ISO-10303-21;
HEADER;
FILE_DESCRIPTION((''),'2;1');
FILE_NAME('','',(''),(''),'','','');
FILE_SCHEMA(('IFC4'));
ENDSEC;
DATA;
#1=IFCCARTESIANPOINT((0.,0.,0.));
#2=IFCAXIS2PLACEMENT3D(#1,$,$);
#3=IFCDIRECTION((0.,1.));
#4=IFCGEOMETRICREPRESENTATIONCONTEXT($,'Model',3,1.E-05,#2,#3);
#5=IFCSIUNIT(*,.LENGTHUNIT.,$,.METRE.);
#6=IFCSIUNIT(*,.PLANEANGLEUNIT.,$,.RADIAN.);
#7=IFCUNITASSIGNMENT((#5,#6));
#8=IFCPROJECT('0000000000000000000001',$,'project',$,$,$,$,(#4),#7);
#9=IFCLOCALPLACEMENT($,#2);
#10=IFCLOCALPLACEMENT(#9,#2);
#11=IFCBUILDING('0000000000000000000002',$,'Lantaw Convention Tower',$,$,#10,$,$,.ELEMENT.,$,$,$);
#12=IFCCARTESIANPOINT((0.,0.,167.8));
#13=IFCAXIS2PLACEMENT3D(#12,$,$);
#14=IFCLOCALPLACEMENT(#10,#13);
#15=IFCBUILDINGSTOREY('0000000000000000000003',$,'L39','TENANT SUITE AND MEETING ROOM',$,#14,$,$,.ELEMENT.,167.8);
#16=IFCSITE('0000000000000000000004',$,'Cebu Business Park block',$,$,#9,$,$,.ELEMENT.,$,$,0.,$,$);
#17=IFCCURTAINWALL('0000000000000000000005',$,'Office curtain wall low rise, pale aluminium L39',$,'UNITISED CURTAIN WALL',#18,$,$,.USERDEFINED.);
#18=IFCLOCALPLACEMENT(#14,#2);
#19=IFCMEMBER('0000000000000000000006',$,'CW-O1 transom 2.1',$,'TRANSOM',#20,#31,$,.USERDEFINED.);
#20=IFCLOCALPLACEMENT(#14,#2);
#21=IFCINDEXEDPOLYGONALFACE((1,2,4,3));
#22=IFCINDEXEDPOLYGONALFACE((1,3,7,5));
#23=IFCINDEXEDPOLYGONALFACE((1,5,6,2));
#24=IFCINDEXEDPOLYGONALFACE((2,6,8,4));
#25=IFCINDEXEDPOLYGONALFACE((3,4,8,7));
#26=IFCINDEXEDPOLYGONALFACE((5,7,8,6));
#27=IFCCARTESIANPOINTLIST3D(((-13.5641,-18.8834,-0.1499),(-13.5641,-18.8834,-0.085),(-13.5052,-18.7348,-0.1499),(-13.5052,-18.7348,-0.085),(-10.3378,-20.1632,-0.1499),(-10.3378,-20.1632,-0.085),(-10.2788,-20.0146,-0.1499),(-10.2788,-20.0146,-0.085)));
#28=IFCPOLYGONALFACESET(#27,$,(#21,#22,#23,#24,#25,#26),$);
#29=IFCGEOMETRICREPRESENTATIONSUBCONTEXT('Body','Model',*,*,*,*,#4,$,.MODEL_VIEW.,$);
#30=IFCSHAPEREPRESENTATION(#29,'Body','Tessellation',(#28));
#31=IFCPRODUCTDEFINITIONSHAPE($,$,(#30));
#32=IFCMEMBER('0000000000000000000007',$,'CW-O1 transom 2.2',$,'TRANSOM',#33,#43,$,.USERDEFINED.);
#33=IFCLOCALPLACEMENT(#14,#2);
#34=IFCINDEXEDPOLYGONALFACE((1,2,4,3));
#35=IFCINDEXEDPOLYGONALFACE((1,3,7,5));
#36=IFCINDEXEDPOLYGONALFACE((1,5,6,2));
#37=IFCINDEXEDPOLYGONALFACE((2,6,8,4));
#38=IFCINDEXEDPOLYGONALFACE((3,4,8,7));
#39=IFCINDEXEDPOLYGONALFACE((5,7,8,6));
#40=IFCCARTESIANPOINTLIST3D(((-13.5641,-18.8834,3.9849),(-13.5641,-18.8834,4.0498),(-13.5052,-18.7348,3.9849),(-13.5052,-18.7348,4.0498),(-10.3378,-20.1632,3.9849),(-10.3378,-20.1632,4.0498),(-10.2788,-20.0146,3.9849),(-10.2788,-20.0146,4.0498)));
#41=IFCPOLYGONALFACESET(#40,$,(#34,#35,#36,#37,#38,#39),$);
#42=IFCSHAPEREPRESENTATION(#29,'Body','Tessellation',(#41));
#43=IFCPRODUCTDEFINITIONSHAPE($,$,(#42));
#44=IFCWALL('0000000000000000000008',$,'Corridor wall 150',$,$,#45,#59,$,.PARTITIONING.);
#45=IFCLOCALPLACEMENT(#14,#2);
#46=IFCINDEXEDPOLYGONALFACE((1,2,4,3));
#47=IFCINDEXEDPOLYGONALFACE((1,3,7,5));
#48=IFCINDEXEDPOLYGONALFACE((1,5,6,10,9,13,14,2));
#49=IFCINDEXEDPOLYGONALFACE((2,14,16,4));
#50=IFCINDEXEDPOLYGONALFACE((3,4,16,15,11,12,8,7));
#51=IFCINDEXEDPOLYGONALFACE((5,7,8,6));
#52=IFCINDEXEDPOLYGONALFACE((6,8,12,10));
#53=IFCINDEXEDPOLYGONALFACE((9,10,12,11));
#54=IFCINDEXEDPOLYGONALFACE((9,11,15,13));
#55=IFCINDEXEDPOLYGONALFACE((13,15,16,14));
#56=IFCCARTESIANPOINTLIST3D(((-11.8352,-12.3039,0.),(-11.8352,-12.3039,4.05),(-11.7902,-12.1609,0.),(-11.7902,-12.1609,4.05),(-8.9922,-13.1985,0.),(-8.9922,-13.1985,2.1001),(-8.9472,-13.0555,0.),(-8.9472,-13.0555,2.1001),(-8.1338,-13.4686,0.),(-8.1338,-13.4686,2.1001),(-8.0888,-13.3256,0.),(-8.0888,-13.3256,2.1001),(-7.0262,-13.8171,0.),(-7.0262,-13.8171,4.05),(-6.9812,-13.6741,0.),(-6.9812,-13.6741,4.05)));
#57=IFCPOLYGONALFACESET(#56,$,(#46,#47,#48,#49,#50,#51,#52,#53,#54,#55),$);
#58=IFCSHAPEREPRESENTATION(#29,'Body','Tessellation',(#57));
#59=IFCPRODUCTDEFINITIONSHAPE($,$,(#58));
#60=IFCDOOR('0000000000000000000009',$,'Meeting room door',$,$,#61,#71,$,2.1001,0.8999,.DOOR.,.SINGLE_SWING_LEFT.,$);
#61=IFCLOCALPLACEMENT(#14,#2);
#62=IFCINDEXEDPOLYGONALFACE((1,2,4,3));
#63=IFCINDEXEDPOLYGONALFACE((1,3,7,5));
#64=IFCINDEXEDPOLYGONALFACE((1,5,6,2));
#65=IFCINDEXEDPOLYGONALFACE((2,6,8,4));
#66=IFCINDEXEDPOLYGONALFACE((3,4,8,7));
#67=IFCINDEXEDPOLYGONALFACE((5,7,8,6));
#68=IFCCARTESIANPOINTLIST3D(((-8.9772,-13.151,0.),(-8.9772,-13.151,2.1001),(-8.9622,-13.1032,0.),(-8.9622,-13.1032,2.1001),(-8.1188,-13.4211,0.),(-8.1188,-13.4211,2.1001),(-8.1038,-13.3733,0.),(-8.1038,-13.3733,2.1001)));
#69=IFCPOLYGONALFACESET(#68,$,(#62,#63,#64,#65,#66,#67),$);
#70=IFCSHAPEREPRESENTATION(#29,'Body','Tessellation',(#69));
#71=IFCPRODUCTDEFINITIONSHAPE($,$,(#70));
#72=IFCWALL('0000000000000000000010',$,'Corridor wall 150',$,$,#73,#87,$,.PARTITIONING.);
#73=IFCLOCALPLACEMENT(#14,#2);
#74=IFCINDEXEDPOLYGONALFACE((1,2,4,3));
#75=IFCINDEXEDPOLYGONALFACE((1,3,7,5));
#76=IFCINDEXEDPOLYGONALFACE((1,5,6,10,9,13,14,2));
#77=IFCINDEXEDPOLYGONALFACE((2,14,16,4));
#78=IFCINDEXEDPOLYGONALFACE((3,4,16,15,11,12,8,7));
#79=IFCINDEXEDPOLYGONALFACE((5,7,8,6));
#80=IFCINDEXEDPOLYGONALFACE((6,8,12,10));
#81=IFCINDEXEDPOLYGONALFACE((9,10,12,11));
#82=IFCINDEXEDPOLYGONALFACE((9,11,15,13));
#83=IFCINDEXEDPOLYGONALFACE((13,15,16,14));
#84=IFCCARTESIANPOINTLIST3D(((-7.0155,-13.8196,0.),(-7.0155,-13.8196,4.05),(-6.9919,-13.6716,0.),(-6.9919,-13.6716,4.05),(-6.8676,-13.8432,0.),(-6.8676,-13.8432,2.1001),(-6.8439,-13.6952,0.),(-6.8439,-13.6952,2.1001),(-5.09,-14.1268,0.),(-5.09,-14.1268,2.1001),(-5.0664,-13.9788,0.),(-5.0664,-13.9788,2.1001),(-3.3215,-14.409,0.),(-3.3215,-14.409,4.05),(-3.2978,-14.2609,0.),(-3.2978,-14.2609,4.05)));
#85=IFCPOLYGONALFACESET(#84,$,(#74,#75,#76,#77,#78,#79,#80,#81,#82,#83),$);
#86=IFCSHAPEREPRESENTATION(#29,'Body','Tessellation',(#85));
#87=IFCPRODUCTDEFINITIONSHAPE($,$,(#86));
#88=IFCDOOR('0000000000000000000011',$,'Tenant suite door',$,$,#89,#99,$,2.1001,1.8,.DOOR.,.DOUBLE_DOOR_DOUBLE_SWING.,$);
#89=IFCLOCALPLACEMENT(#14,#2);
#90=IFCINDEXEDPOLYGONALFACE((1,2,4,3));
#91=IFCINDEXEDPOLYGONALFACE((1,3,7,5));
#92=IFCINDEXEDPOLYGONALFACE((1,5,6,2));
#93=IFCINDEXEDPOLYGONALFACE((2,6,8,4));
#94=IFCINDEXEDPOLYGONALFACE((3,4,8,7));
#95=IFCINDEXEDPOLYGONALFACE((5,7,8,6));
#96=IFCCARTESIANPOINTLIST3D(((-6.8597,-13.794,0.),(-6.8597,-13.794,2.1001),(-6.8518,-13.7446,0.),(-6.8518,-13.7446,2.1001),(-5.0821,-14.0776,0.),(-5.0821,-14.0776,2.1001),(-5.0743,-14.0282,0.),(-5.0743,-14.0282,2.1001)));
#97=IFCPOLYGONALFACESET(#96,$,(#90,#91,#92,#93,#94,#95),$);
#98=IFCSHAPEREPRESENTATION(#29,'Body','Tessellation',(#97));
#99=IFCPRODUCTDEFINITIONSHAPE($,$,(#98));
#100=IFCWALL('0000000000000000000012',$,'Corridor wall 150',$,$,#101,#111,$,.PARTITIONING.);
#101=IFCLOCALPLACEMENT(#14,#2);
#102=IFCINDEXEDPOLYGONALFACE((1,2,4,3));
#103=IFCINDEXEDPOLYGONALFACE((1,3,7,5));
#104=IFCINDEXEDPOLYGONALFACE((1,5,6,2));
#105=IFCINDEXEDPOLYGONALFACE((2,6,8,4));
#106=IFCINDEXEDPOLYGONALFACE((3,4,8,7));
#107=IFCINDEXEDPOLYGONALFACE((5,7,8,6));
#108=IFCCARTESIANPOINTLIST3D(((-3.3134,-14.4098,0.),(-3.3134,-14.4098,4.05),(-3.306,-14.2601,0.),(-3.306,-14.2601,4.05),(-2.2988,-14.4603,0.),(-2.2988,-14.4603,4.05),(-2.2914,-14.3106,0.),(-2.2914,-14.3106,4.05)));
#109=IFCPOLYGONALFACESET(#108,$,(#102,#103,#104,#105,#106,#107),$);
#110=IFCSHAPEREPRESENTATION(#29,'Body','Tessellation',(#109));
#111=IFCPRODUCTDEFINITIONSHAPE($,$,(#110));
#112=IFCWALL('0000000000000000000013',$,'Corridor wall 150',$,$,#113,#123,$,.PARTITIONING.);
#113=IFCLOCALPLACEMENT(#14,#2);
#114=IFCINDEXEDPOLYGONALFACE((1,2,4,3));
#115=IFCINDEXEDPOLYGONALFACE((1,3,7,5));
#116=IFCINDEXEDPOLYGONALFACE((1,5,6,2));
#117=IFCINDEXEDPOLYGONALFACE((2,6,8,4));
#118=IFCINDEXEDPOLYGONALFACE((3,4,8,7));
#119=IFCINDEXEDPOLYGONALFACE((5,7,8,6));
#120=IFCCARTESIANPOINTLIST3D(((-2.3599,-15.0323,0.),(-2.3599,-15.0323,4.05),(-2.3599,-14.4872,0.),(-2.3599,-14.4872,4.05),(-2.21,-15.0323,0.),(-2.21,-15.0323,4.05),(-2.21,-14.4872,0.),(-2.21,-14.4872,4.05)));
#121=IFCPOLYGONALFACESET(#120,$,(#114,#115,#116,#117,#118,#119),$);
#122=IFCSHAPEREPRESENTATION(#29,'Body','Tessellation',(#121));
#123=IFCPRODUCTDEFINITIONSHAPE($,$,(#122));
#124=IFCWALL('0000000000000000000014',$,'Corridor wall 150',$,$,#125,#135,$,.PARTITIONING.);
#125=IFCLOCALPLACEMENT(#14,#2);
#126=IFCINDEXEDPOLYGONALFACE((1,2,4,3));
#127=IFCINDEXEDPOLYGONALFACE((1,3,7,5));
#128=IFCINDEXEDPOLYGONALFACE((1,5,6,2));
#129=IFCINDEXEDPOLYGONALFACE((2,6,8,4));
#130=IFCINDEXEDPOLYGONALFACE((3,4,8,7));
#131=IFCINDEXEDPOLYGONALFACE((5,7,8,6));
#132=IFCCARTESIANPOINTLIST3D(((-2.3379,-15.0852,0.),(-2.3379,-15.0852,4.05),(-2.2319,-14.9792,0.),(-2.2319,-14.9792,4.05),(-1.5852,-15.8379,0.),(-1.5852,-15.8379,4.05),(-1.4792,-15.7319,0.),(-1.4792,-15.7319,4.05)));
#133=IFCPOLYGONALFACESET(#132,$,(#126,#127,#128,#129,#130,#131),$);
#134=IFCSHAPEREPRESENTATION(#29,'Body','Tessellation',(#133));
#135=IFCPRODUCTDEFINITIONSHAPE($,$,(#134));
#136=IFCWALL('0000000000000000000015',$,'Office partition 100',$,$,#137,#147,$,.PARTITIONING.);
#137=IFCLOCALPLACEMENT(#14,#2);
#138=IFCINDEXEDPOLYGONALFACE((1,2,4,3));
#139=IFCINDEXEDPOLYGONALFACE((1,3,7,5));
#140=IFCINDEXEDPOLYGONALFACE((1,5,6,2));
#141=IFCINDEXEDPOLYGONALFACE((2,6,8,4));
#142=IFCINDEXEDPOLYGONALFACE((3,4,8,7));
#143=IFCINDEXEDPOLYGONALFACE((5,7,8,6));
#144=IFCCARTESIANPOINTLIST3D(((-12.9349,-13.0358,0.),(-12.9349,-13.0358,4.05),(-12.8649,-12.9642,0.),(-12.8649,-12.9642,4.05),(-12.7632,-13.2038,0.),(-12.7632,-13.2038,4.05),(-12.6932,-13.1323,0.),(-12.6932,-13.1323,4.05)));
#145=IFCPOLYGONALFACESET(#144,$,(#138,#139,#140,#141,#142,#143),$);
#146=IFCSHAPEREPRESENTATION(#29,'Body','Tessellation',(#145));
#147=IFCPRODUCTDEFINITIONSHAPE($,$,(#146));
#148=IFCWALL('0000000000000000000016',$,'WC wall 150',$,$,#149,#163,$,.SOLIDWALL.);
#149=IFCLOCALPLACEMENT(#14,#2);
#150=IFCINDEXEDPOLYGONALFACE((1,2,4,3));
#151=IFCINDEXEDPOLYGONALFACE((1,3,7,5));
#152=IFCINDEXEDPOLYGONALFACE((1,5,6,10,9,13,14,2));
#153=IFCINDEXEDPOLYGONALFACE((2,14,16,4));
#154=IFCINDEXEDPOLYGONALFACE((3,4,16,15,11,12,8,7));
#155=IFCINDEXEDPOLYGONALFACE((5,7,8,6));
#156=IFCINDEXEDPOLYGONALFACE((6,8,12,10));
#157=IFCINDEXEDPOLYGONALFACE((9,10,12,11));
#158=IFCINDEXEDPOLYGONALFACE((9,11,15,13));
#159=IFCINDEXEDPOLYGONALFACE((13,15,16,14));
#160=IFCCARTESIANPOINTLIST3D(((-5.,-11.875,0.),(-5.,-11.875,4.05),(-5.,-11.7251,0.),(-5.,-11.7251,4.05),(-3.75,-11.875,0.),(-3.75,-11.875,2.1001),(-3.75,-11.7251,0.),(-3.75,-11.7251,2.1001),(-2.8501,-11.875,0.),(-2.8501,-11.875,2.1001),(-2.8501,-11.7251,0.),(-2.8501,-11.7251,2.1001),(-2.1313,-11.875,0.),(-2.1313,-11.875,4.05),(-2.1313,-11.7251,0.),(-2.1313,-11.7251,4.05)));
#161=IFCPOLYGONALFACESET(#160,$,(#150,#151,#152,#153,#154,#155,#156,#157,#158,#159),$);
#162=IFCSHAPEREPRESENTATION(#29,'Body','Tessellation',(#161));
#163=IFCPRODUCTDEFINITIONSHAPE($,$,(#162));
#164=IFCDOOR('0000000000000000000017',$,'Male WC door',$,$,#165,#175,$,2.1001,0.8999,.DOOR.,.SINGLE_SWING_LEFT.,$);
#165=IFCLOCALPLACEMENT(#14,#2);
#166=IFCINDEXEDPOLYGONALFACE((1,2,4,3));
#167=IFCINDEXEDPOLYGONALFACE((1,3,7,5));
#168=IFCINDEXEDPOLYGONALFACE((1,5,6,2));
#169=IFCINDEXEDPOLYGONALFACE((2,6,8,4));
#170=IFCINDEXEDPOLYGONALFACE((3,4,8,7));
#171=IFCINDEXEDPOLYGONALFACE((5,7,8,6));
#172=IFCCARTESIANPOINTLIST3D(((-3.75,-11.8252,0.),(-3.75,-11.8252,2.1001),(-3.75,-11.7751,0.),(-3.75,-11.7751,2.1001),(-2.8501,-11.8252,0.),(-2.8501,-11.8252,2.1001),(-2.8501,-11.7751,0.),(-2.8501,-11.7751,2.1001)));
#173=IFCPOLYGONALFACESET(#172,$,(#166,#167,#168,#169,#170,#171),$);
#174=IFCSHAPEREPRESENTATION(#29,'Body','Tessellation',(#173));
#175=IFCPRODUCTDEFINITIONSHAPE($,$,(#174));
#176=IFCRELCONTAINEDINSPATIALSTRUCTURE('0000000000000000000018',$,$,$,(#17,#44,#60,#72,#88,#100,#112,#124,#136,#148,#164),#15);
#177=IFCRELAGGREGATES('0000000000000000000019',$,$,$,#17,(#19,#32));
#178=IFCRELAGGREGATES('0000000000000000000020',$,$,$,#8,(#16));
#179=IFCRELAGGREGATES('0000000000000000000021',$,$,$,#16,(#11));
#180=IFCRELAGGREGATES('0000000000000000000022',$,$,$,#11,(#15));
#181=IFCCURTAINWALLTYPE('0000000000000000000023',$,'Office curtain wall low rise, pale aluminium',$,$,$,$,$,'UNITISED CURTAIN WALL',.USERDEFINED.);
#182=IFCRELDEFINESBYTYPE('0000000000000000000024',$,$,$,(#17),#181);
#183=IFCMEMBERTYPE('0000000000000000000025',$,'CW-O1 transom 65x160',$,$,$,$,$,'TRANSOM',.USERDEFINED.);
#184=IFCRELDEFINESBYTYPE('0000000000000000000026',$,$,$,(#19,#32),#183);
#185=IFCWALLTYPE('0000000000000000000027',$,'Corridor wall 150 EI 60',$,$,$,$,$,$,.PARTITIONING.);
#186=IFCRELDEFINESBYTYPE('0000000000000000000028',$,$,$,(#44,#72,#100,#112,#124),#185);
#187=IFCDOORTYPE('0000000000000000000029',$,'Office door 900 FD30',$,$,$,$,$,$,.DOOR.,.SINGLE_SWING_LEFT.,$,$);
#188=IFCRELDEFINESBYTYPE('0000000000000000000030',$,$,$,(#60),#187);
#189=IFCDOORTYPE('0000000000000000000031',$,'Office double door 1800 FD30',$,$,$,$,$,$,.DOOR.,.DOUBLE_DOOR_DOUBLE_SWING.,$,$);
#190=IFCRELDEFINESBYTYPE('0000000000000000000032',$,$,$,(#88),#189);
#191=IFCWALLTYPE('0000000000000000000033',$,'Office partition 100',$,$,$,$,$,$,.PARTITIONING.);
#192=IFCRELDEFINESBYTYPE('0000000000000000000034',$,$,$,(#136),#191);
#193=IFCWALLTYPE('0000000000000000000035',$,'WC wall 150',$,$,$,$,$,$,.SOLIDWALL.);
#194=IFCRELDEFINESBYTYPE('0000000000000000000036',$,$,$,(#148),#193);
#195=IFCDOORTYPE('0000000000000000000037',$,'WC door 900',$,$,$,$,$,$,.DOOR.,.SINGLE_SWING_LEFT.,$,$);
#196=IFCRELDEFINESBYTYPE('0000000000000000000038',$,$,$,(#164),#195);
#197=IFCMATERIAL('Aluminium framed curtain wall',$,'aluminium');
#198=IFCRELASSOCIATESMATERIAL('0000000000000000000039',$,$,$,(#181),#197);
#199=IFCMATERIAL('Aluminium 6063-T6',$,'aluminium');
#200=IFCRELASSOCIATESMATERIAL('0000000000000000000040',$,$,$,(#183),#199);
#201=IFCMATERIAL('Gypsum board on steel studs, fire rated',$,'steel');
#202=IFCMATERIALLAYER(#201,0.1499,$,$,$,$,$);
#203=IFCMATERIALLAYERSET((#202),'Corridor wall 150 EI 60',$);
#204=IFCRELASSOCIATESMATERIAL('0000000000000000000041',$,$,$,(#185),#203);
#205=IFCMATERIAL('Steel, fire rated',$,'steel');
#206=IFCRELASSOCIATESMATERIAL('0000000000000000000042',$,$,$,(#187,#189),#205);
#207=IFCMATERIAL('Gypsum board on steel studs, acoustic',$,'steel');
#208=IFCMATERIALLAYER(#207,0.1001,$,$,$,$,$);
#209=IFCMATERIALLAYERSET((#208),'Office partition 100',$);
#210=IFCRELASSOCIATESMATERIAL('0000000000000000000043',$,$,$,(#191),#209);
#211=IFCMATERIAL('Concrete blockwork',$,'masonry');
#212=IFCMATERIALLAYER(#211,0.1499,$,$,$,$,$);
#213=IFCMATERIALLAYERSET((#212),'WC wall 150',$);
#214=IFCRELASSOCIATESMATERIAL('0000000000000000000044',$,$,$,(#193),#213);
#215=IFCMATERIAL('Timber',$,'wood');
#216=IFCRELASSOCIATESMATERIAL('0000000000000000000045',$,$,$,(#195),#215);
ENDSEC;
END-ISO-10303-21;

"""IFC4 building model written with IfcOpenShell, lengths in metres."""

from ifc_helpers import new_model, si_unit, direction, frame, frame_2d, origin, origin_2d, place, context, subcontext, project, spatial, rectangle, extrude, material, layer, layer_set, material_profile, profile_set, type_object, element, fill, aggregate, save


model = new_model("IFC4")

# Units and contexts
model_context = context("Model", 3, precision=1e-05, world=origin(), true_north=direction((0.0, 1.0)))
body_context = subcontext(model_context, "Body", "Model", "MODEL_VIEW")
ifc_project = project(units=[si_unit("LENGTHUNIT", "METRE"), si_unit("PLANEANGLEUNIT", "RADIAN")], contexts=[model_context])

# Site, building, storey
site_placement = place(None, origin())
site = spatial("IfcSite", under=ifc_project, at=site_placement, Name="Cebu Business Park block", CompositionType="ELEMENT", RefElevation=0.0)
building_placement = place(site_placement, origin())
building = spatial("IfcBuilding", under=site, at=building_placement, Name="Lantaw Convention Tower", CompositionType="ELEMENT")
storey_placement = place(building_placement, frame((0.0, 0.0, 167.8)))
storey = spatial("IfcBuildingStorey", under=building, at=storey_placement, Name="L39", Description="TENANT SUITE AND MEETING ROOM", CompositionType="ELEMENT", Elevation=167.8)

# Curtain wall, members
ifc_material_1 = material(Name="Aluminium framed curtain wall", Category="aluminium")
curtain_wall_type = type_object("IfcCurtainWallType", Name="Office curtain wall low rise, pale aluminium", ElementType="UNITISED CURTAIN WALL", PredefinedType="USERDEFINED", material=ifc_material_1)
curtain_wall_placement = place(storey_placement, origin())
curtain_wall = element("IfcCurtainWall", 1, at=curtain_wall_placement, inside=storey, type_object=curtain_wall_type, Name="Office curtain wall low rise, pale aluminium L39", ObjectType="UNITISED CURTAIN WALL", PredefinedType="USERDEFINED")
ifc_material_2 = material(Name="Aluminium 6063-T6", Category="aluminium")
ifc_material_profile_1 = material_profile(ifc_material_2, rectangle(XDim=0.1599, YDim=0.0649, at=origin_2d()), Name="CW-O1 transom 65x160")
ifc_profile_set_1 = profile_set([ifc_material_profile_1], Name="Aluminium 6063-T6")
member_type_1 = type_object("IfcMemberType", Name="CW-O1 transom 65x160", ElementType="TRANSOM", PredefinedType="USERDEFINED", material=ifc_profile_set_1)
member_1_placement = place(storey_placement, frame((-13.5347, -18.8091, -0.1174), z_axis=(0.92954, -0.368721, 0.0), x_axis=(0.368721, 0.92954, 0.0)))
member_1 = element("IfcMember", 2, at=member_1_placement, type_object=member_type_1, Name="CW-O1 transom 2.1", ObjectType="TRANSOM", PredefinedType="USERDEFINED", context=body_context, shape_type="SweptSolid", body=[
    extrude(rectangle(XDim=0.1599, YDim=0.0649, at=origin_2d()), origin(), (0.0, 0.0, 1.0), 3.4709),
])
member_2_placement = place(storey_placement, frame((-13.5347, -18.8091, 4.0173), z_axis=(0.92954, -0.368721, 0.0), x_axis=(0.368721, 0.92954, 0.0)))
member_2 = element("IfcMember", 3, at=member_2_placement, type_object=member_type_1, Name="CW-O1 transom 2.2", ObjectType="TRANSOM", PredefinedType="USERDEFINED", context=body_context, shape_type="SweptSolid", body=[
    extrude(rectangle(XDim=0.1599, YDim=0.0649, at=origin_2d()), origin(), (0.0, 0.0, 1.0), 3.4709),
])
aggregate(curtain_wall, [member_1, member_2])

# Walls, openings, doors
ifc_material_3 = material(Name="Gypsum board on steel studs, fire rated", Category="steel")
ifc_layer_1 = layer(ifc_material_3, 0.1499)
ifc_layer_set_1 = layer_set([ifc_layer_1], Name="Corridor wall 150 EI 60")
wall_type_1 = type_object("IfcWallType", Name="Corridor wall 150 EI 60", PredefinedType="PARTITIONING", material=ifc_layer_set_1)
wall_1_placement = place(storey_placement, frame((-11.8127, -12.2324, 0.0), z_axis=(0.0, 0.0, 1.0), x_axis=(0.953894, -0.300144, 0.0)))
wall_1 = element("IfcWall", 4, at=wall_1_placement, inside=storey, type_object=wall_type_1, Name="Corridor wall 150", PredefinedType="PARTITIONING", context=body_context, shape_type="SweptSolid", body=[
    extrude(rectangle(XDim=5.0415, YDim=0.1499, at=frame_2d((2.5208, 0.0))), origin(), (0.0, 0.0, 1.0), 4.05),
])
opening_1_placement = place(wall_1_placement, frame((2.9805, 0.0, 0.0)))
opening_1 = element("IfcOpeningElement", 5, at=opening_1_placement, cuts=wall_1, PredefinedType="OPENING", context=body_context, shape_type="SweptSolid", body=[
    extrude(rectangle(XDim=0.8999, YDim=2.1001, at=frame_2d((0.45, 1.05))), frame((0.0, 0.085, 0.0), z_axis=(0.0, -1.0, 0.0), x_axis=(1.0, 0.0, 0.0)), (0.0, 0.0, 1.0), 0.1699),
])
ifc_material_4 = material(Name="Steel, fire rated", Category="steel")
door_type_1 = type_object("IfcDoorType", Name="Office door 900 FD30", OperationType="SINGLE_SWING_LEFT", PredefinedType="DOOR", material=ifc_material_4)
door_1_placement = place(opening_1_placement, origin())
door_1 = element("IfcDoor", 6, at=door_1_placement, inside=storey, type_object=door_type_1, Name="Meeting room door", OperationType="SINGLE_SWING_LEFT", OverallHeight=2.1001, OverallWidth=0.8999, PredefinedType="DOOR", context=body_context, shape_type="SweptSolid", body=[
    extrude(rectangle(XDim=0.8999, YDim=2.1001, at=frame_2d((0.45, 1.05))), frame((0.0, 0.0249, 0.0), z_axis=(0.0, -1.0, 0.0), x_axis=(1.0, 0.0, 0.0)), (0.0, 0.0, 1.0), 0.05),
])
fill(opening_1, door_1)
wall_2_placement = place(storey_placement, frame((-7.0037, -13.7456, 0.0), z_axis=(0.0, 0.0, 1.0), x_axis=(0.987511, -0.157548, 0.0)))
wall_2 = element("IfcWall", 7, at=wall_2_placement, inside=storey, type_object=wall_type_1, Name="Corridor wall 150", PredefinedType="PARTITIONING", context=body_context, shape_type="SweptSolid", body=[
    extrude(rectangle(XDim=3.7407, YDim=0.1499, at=frame_2d((1.8704, 0.0))), origin(), (0.0, 0.0, 1.0), 4.05),
])
opening_2_placement = place(wall_2_placement, frame((0.1499, 0.0, 0.0)))
opening_2 = element("IfcOpeningElement", 8, at=opening_2_placement, cuts=wall_2, PredefinedType="OPENING", context=body_context, shape_type="SweptSolid", body=[
    extrude(rectangle(XDim=1.8, YDim=2.1001, at=frame_2d((0.8999, 1.05))), frame((0.0, 0.085, 0.0), z_axis=(0.0, -1.0, 0.0), x_axis=(1.0, 0.0, 0.0)), (0.0, 0.0, 1.0), 0.1699),
])
door_type_2 = type_object("IfcDoorType", Name="Office double door 1800 FD30", OperationType="DOUBLE_DOOR_DOUBLE_SWING", PredefinedType="DOOR", material=ifc_material_4)
door_2_placement = place(opening_2_placement, origin())
door_2 = element("IfcDoor", 9, at=door_2_placement, inside=storey, type_object=door_type_2, Name="Tenant suite door", OperationType="DOUBLE_DOOR_DOUBLE_SWING", OverallHeight=2.1001, OverallWidth=1.8, PredefinedType="DOOR", context=body_context, shape_type="SweptSolid", body=[
    extrude(rectangle(XDim=1.8, YDim=2.1001, at=frame_2d((0.8999, 1.05))), frame((0.0, 0.0249, 0.0), z_axis=(0.0, -1.0, 0.0), x_axis=(1.0, 0.0, 0.0)), (0.0, 0.0, 1.0), 0.05),
])
fill(opening_2, door_2)

# Walls
wall_3_placement = place(storey_placement, frame((-3.3096, -14.335, 0.0), z_axis=(0.0, 0.0, 1.0), x_axis=(0.998762, -0.049746, 0.0)))
element("IfcWall", 10, at=wall_3_placement, inside=storey, type_object=wall_type_1, Name="Corridor wall 150", PredefinedType="PARTITIONING", context=body_context, shape_type="SweptSolid", body=[
    extrude(rectangle(XDim=1.0159, YDim=0.1499, at=frame_2d((0.5078, 0.0))), origin(), (0.0, 0.0, 1.0), 4.05),
])
wall_4_placement = place(storey_placement, frame((-2.2849, -15.0322, 0.0), z_axis=(0.0, 0.0, 1.0), x_axis=(0.0, 1.0, 0.0)))
element("IfcWall", 11, at=wall_4_placement, inside=storey, type_object=wall_type_1, Name="Corridor wall 150", PredefinedType="PARTITIONING", context=body_context, shape_type="SweptSolid", body=[
    extrude(rectangle(XDim=0.5452, YDim=0.1499, at=frame_2d((0.2725, 0.0))), origin(), (0.0, 0.0, 1.0), 4.05),
])
wall_5_placement = place(storey_placement, frame((-1.5322, -15.7849, 0.0), z_axis=(0.0, 0.0, 1.0), x_axis=(-0.707107, 0.707107, 0.0)))
element("IfcWall", 12, at=wall_5_placement, inside=storey, type_object=wall_type_1, Name="Corridor wall 150", PredefinedType="PARTITIONING", context=body_context, shape_type="SweptSolid", body=[
    extrude(rectangle(XDim=1.0645, YDim=0.1499, at=frame_2d((0.5322, 0.0))), origin(), (0.0, 0.0, 1.0), 4.05),
])
ifc_material_5 = material(Name="Gypsum board on steel studs, acoustic", Category="steel")
ifc_layer_2 = layer(ifc_material_5, 0.1001)
ifc_layer_set_2 = layer_set([ifc_layer_2], Name="Office partition 100")
wall_type_2 = type_object("IfcWallType", Name="Office partition 100", PredefinedType="PARTITIONING", material=ifc_layer_set_2)
wall_6_placement = place(storey_placement, frame((-12.8999, -13.0, 0.0), z_axis=(0.0, 0.0, 1.0), x_axis=(0.71469, -0.699441, 0.0)))
element("IfcWall", 13, at=wall_6_placement, inside=storey, type_object=wall_type_2, Name="Office partition 100", PredefinedType="PARTITIONING", context=body_context, shape_type="SweptSolid", body=[
    extrude(rectangle(XDim=0.2402, YDim=0.1001, at=frame_2d((0.1201, 0.0))), origin(), (0.0, 0.0, 1.0), 4.05),
])

# Wall, opening, door
ifc_material_6 = material(Name="Concrete blockwork", Category="masonry")
ifc_layer_3 = layer(ifc_material_6, 0.1499)
ifc_layer_set_3 = layer_set([ifc_layer_3], Name="WC wall 150")
wall_type_3 = type_object("IfcWallType", Name="WC wall 150", PredefinedType="SOLIDWALL", material=ifc_layer_set_3)
wall_7_placement = place(storey_placement, frame((-5.0, -11.8, 0.0), z_axis=(0.0, 0.0, 1.0), x_axis=(1.0, 0.0, 0.0)))
wall_7 = element("IfcWall", 14, at=wall_7_placement, inside=storey, type_object=wall_type_3, Name="WC wall 150", PredefinedType="SOLIDWALL", context=body_context, shape_type="SweptSolid", body=[
    extrude(rectangle(XDim=2.8687, YDim=0.1499, at=frame_2d((1.4343, 0.0))), origin(), (0.0, 0.0, 1.0), 4.05),
])
opening_3_placement = place(wall_7_placement, frame((1.25, 0.0, 0.0)))
opening_3 = element("IfcOpeningElement", 15, at=opening_3_placement, cuts=wall_7, PredefinedType="OPENING", context=body_context, shape_type="SweptSolid", body=[
    extrude(rectangle(XDim=0.8999, YDim=2.1001, at=frame_2d((0.45, 1.05))), frame((0.0, 0.085, 0.0), z_axis=(0.0, -1.0, 0.0), x_axis=(1.0, 0.0, 0.0)), (0.0, 0.0, 1.0), 0.1699),
])
ifc_material_7 = material(Name="Timber", Category="wood")
door_type_3 = type_object("IfcDoorType", Name="WC door 900", OperationType="SINGLE_SWING_LEFT", PredefinedType="DOOR", material=ifc_material_7)
door_3_placement = place(opening_3_placement, origin())
door_3 = element("IfcDoor", 16, at=door_3_placement, inside=storey, type_object=door_type_3, Name="Male WC door", OperationType="SINGLE_SWING_LEFT", OverallHeight=2.1001, OverallWidth=0.8999, PredefinedType="DOOR", context=body_context, shape_type="SweptSolid", body=[
    extrude(rectangle(XDim=0.8999, YDim=2.1001, at=frame_2d((0.45, 1.05))), frame((0.0, 0.0249, 0.0), z_axis=(0.0, -1.0, 0.0), x_axis=(1.0, 0.0, 0.0)), (0.0, 0.0, 1.0), 0.05),
])
fill(opening_3, door_3)

save(model, "model.ifc")
